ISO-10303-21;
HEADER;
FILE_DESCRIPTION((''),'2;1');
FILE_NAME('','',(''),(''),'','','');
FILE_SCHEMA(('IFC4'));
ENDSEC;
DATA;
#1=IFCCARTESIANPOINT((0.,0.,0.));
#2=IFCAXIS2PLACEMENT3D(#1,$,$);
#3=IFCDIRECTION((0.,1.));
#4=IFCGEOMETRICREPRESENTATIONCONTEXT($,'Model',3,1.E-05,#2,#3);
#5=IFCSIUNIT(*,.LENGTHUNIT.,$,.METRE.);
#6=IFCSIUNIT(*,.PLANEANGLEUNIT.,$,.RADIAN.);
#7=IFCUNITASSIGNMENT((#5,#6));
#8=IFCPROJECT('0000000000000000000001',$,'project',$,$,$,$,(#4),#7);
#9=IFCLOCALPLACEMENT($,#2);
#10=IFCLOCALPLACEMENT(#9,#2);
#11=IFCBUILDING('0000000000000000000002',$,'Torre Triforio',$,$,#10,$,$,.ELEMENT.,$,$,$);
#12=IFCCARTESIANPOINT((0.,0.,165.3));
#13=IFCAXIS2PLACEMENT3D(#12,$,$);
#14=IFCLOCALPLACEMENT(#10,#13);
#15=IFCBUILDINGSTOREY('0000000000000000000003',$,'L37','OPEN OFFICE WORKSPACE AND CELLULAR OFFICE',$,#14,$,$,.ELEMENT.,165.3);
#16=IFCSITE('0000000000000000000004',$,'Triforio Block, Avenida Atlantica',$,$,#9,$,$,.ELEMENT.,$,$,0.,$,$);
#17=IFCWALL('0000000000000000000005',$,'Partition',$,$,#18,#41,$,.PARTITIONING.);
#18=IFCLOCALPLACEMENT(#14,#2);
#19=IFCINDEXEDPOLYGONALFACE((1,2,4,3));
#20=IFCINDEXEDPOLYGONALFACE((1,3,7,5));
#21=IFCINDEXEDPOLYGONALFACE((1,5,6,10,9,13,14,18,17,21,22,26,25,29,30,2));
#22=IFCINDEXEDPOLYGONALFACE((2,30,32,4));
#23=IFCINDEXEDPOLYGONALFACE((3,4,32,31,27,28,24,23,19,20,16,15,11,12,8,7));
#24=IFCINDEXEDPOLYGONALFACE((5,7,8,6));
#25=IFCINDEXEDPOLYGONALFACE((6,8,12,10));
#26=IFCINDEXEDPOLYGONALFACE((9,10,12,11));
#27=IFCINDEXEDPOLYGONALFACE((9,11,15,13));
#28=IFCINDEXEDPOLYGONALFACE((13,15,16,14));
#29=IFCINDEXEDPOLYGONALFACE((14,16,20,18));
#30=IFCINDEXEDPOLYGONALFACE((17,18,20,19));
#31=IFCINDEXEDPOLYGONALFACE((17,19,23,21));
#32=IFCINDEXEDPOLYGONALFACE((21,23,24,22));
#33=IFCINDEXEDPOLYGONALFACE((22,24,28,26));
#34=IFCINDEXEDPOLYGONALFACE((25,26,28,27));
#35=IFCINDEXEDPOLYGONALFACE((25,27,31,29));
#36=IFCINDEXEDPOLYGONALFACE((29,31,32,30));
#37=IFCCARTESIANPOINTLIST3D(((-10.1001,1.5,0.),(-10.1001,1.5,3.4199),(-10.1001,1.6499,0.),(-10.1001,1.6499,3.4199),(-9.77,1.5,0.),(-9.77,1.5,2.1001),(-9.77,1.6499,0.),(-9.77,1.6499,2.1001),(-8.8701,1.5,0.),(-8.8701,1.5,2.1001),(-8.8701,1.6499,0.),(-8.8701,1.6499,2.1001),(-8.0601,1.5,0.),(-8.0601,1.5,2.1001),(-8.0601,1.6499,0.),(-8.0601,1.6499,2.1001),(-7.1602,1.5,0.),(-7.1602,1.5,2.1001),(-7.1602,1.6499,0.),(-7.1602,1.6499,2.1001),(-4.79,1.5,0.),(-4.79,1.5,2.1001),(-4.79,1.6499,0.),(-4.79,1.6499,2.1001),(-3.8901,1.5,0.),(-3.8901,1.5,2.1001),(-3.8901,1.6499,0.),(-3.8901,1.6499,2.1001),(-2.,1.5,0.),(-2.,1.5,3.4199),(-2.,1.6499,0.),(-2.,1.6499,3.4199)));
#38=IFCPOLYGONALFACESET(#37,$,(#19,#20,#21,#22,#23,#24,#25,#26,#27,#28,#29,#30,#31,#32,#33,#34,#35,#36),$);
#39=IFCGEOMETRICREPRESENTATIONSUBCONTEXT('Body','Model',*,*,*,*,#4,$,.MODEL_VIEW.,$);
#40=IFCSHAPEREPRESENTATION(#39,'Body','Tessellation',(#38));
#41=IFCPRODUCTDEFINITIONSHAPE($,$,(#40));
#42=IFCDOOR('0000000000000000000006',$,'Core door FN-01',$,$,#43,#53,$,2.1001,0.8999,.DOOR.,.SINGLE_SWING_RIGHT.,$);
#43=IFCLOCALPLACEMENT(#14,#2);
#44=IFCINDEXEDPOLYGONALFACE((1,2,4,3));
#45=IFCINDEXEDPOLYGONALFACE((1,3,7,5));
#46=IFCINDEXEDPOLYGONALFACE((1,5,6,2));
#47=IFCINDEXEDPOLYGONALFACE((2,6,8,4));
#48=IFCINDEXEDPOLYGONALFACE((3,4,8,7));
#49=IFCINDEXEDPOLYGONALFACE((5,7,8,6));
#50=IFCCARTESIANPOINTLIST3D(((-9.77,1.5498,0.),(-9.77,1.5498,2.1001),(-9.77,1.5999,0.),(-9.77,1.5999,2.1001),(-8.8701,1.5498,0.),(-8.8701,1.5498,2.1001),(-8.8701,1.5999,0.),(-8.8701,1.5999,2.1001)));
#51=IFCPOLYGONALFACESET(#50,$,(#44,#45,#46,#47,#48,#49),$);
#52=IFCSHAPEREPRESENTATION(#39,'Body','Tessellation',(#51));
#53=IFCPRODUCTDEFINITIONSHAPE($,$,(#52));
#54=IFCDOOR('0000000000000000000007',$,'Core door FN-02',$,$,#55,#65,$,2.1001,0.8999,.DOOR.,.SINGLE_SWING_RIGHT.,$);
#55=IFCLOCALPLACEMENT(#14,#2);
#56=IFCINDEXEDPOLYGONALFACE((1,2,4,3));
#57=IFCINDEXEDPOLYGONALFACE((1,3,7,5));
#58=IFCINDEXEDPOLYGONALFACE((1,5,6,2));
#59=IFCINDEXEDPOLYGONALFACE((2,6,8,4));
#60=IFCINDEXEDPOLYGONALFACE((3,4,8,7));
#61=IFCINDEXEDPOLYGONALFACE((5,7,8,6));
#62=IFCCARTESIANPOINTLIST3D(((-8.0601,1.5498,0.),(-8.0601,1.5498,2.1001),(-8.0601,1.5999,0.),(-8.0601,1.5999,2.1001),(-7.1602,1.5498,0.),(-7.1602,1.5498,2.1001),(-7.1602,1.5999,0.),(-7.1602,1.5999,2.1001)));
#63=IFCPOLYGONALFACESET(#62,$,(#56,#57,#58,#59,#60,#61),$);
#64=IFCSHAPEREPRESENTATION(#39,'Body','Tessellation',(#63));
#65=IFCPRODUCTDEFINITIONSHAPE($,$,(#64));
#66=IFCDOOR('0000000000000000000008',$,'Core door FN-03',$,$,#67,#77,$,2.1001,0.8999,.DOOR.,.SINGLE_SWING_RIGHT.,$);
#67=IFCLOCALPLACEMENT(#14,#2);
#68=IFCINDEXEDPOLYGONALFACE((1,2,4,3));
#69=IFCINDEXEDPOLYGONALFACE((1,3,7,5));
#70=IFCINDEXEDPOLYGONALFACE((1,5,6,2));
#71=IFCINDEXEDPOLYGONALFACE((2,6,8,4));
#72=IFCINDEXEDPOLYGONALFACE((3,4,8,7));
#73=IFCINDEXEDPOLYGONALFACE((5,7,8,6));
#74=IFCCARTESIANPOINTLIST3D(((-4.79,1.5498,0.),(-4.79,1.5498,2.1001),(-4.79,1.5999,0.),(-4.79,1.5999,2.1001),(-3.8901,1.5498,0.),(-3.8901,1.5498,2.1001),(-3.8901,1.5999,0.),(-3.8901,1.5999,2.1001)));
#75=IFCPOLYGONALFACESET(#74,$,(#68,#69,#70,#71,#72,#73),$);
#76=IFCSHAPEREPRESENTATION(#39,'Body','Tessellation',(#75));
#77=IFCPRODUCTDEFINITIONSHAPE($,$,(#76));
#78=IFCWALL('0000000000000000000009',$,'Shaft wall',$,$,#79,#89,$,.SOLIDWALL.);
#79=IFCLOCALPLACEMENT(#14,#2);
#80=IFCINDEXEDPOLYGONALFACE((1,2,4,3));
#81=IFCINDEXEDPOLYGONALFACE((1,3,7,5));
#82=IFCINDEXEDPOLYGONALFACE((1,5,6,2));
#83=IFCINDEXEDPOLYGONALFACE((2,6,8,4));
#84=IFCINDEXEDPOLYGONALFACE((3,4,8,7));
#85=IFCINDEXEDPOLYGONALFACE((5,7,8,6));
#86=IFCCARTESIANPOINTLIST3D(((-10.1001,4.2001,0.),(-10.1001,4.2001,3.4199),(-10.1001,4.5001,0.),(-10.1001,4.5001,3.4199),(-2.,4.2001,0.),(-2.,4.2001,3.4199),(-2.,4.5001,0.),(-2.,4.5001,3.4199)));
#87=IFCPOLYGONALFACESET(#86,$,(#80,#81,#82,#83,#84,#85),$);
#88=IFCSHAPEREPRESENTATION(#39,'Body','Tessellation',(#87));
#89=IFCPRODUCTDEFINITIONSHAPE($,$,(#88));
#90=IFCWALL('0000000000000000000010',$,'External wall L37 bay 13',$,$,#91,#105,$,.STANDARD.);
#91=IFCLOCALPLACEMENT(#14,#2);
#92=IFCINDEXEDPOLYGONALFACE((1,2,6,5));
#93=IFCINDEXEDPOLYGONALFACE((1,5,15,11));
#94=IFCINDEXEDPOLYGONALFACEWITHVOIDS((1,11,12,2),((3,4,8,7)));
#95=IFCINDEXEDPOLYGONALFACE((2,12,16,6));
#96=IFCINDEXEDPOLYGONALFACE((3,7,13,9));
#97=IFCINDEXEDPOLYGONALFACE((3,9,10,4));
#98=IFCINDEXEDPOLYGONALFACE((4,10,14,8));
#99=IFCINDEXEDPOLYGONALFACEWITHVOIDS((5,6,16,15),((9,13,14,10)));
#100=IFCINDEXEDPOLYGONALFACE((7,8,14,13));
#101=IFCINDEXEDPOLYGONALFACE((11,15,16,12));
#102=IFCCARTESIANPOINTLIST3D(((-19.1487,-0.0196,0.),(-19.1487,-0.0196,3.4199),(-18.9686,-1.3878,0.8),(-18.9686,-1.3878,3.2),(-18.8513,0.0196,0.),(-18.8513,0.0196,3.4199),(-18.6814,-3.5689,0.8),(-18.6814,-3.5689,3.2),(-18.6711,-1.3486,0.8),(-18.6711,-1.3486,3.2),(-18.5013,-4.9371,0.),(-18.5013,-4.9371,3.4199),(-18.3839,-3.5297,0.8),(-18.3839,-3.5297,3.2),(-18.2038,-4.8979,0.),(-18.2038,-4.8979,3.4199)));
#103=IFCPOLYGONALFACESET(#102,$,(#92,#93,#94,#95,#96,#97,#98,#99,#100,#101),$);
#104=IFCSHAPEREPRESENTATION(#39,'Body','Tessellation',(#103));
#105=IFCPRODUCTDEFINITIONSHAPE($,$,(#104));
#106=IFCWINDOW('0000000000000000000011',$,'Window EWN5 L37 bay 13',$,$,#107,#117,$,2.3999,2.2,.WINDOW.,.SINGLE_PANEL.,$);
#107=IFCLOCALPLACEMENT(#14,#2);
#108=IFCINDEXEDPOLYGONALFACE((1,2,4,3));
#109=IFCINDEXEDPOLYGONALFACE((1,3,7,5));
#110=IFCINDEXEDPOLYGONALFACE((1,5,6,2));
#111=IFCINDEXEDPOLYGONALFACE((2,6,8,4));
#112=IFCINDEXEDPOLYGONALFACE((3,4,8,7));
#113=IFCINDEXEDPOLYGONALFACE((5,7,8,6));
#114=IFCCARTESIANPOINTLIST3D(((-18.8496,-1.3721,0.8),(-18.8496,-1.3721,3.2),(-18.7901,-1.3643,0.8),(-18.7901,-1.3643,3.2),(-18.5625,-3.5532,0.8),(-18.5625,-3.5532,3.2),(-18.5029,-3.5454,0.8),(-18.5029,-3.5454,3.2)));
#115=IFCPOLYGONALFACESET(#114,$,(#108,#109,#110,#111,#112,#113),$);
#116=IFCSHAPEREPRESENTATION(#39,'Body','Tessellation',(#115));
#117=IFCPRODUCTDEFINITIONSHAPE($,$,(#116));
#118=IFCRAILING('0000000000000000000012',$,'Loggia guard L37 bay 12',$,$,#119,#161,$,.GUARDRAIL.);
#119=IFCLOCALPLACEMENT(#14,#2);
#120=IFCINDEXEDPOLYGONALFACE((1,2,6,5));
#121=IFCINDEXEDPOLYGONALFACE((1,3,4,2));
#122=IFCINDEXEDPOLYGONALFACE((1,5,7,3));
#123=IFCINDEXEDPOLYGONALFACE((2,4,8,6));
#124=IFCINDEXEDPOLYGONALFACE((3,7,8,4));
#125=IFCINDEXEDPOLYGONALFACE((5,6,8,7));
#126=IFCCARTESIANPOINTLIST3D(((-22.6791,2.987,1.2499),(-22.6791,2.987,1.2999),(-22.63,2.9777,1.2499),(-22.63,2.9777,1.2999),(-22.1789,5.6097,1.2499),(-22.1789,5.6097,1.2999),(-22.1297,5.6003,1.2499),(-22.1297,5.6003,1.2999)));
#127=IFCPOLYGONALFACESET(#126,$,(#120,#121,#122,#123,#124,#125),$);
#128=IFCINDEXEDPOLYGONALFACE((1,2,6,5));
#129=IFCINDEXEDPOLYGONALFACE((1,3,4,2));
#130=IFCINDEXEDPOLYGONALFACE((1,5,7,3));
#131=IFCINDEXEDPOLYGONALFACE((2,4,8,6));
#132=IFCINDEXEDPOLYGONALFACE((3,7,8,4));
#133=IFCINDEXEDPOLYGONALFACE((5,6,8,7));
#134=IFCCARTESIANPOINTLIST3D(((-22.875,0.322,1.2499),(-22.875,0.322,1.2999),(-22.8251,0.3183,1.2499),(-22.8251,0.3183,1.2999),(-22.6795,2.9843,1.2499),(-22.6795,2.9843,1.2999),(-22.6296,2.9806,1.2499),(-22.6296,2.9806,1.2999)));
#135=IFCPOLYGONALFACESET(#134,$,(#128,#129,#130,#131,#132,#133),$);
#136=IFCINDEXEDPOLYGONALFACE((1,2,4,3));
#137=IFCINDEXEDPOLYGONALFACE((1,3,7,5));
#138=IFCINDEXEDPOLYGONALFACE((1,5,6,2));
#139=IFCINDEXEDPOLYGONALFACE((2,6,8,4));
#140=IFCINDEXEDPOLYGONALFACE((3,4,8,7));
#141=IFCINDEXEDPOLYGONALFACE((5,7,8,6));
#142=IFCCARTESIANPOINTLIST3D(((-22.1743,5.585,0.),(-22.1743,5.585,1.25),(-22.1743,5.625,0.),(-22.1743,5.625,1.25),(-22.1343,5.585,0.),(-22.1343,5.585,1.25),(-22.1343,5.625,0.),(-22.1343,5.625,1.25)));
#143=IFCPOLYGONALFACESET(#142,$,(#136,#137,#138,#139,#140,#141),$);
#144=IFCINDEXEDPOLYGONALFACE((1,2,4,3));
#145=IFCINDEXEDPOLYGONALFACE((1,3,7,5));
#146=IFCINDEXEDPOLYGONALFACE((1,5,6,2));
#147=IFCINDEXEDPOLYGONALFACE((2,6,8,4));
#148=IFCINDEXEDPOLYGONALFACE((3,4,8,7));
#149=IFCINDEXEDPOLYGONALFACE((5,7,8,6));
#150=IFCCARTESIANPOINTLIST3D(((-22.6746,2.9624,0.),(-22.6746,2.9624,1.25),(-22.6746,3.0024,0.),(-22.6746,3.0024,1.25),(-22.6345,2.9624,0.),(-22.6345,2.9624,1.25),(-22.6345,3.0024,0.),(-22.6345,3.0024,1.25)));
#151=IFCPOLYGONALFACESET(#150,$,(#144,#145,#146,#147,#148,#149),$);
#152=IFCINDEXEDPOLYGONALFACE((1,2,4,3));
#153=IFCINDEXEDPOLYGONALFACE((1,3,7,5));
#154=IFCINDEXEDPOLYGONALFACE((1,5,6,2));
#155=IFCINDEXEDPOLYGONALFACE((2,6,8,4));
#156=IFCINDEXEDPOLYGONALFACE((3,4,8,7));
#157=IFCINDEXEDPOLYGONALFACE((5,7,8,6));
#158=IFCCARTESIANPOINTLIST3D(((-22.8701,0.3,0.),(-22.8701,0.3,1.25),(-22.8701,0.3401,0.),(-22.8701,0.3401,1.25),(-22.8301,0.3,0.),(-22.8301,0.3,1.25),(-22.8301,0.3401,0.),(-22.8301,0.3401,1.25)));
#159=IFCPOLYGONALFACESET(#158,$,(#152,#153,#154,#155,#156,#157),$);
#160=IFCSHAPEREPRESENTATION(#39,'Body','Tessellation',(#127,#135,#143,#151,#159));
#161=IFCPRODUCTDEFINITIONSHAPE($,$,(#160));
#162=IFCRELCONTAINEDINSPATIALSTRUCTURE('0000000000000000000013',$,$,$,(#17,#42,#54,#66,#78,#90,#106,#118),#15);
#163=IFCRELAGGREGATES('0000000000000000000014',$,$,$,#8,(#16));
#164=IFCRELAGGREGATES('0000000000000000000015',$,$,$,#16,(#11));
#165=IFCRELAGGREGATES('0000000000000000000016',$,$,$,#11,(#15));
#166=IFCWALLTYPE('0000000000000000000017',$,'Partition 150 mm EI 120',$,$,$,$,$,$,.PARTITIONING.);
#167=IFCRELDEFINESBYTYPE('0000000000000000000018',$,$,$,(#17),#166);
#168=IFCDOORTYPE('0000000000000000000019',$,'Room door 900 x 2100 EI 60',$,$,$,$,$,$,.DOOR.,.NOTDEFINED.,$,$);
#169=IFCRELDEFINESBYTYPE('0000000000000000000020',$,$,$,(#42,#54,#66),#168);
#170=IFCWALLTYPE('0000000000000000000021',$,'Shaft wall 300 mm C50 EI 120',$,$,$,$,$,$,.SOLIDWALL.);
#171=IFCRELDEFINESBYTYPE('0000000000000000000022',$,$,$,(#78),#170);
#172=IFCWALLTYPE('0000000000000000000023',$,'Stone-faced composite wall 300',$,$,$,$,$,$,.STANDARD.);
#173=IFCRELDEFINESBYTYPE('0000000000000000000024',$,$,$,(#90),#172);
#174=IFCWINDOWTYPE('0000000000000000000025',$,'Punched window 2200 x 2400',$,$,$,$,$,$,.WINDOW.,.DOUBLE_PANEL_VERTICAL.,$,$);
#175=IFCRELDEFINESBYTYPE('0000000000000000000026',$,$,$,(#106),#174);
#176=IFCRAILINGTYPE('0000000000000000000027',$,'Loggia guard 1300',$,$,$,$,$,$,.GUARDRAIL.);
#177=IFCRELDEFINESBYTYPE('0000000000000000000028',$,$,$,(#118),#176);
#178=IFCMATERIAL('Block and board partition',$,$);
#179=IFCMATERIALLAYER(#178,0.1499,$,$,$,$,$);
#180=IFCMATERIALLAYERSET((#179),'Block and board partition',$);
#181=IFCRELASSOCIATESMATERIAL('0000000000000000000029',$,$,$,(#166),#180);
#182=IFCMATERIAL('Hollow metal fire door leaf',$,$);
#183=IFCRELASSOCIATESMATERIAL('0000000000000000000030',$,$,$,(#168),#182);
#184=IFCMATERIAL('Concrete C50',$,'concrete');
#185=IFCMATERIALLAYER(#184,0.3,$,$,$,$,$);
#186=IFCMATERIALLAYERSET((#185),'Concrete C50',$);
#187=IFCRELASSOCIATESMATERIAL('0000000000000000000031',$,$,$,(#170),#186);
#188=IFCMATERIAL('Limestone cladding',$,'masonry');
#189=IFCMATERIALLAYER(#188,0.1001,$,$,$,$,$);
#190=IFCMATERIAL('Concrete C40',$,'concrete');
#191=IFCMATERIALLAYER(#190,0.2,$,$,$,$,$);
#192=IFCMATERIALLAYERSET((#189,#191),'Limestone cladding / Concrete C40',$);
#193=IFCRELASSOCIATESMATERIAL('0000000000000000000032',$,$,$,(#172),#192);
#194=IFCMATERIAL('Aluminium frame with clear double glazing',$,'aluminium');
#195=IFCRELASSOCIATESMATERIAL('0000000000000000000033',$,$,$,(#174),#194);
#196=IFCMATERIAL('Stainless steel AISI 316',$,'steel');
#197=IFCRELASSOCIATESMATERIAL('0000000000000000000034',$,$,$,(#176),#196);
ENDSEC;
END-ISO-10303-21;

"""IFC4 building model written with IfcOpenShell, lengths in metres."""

from ifc_helpers import new_model, si_unit, direction, frame, frame_2d, origin, origin_2d, place, context, subcontext, project, spatial, rectangle, extrude, material, layer, layer_set, type_object, element, fill, save


model = new_model("IFC4")

# Units and contexts
model_context = context("Model", 3, precision=1e-05, world=origin(), true_north=direction((0.0, 1.0)))
body_context = subcontext(model_context, "Body", "Model", "MODEL_VIEW")
ifc_project = project(units=[si_unit("LENGTHUNIT", "METRE"), si_unit("PLANEANGLEUNIT", "RADIAN")], contexts=[model_context])

# Site, building, storey
site_placement = place(None, origin())
site = spatial("IfcSite", under=ifc_project, at=site_placement, Name="Triforio Block, Avenida Atlantica", CompositionType="ELEMENT", RefElevation=0.0)
building_placement = place(site_placement, origin())
building = spatial("IfcBuilding", under=site, at=building_placement, Name="Torre Triforio", CompositionType="ELEMENT")
storey_placement = place(building_placement, frame((0.0, 0.0, 165.3)))
storey = spatial("IfcBuildingStorey", under=building, at=storey_placement, Name="L37", Description="OPEN OFFICE WORKSPACE AND CELLULAR OFFICE", CompositionType="ELEMENT", Elevation=165.3)

# Shared definitions
ifc_material_1 = material(Name="Concrete C50", Category="concrete")

# Shared definitions
ifc_material_2 = material(Name="Concrete C40", Category="concrete")

# Shared definitions
ifc_material_3 = material(Name="Hollow metal fire door leaf")

# Wall, openings, doors
ifc_material_4 = material(Name="Block and board partition")
ifc_layer_1 = layer(ifc_material_4, 0.1499)
ifc_layer_set_1 = layer_set([ifc_layer_1], Name="Block and board partition")
wall_type_1 = type_object("IfcWallType", Name="Partition 150 mm EI 120", PredefinedType="PARTITIONING", material=ifc_layer_set_1)
wall_1_placement = place(storey_placement, frame((-10.1001, 1.575, 0.0), z_axis=(0.0, 0.0, 1.0), x_axis=(1.0, 0.0, 0.0)))
wall_1 = element("IfcWall", 1, at=wall_1_placement, inside=storey, type_object=wall_type_1, Name="Partition", PredefinedType="PARTITIONING", context=body_context, shape_type="SweptSolid", body=[
    extrude(rectangle(XDim=8.1001, YDim=0.1499, at=frame_2d((4.05, 0.0))), origin(), (0.0, 0.0, 1.0), 3.4199),
])
opening_1_placement = place(wall_1_placement, frame((0.3301, 0.0, 0.0)))
opening_1 = element("IfcOpeningElement", 2, at=opening_1_placement, cuts=wall_1, PredefinedType="OPENING", context=body_context, shape_type="SweptSolid", body=[
    extrude(rectangle(XDim=0.8999, YDim=2.1001, at=frame_2d((0.45, 1.05))), frame((0.0, 0.085, 0.0), z_axis=(0.0, -1.0, 0.0), x_axis=(1.0, 0.0, 0.0)), (0.0, 0.0, 1.0), 0.1699),
])
opening_2_placement = place(wall_1_placement, frame((2.04, 0.0, 0.0)))
opening_2 = element("IfcOpeningElement", 3, at=opening_2_placement, cuts=wall_1, PredefinedType="OPENING", context=body_context, shape_type="SweptSolid", body=[
    extrude(rectangle(XDim=0.8999, YDim=2.1001, at=frame_2d((0.45, 1.05))), frame((0.0, 0.085, 0.0), z_axis=(0.0, -1.0, 0.0), x_axis=(1.0, 0.0, 0.0)), (0.0, 0.0, 1.0), 0.1699),
])
opening_3_placement = place(wall_1_placement, frame((5.3101, 0.0, 0.0)))
opening_3 = element("IfcOpeningElement", 4, at=opening_3_placement, cuts=wall_1, PredefinedType="OPENING", context=body_context, shape_type="SweptSolid", body=[
    extrude(rectangle(XDim=0.8999, YDim=2.1001, at=frame_2d((0.45, 1.05))), frame((0.0, 0.085, 0.0), z_axis=(0.0, -1.0, 0.0), x_axis=(1.0, 0.0, 0.0)), (0.0, 0.0, 1.0), 0.1699),
])
door_type_1 = type_object("IfcDoorType", Name="Room door 900 x 2100 EI 60", OperationType="NOTDEFINED", PredefinedType="DOOR", material=ifc_material_3)
door_1_placement = place(opening_1_placement, origin())
door_1 = element("IfcDoor", 5, at=door_1_placement, inside=storey, type_object=door_type_1, Name="Core door FN-01", OperationType="SINGLE_SWING_RIGHT", OverallHeight=2.1001, OverallWidth=0.8999, PredefinedType="DOOR", context=body_context, shape_type="SweptSolid", body=[
    extrude(rectangle(XDim=0.8999, YDim=2.1001, at=frame_2d((0.45, 1.05))), frame((0.0, 0.0249, 0.0), z_axis=(0.0, -1.0, 0.0), x_axis=(1.0, 0.0, 0.0)), (0.0, 0.0, 1.0), 0.05),
])
fill(opening_1, door_1)
door_2_placement = place(opening_2_placement, origin())
door_2 = element("IfcDoor", 6, at=door_2_placement, inside=storey, type_object=door_type_1, Name="Core door FN-02", OperationType="SINGLE_SWING_RIGHT", OverallHeight=2.1001, OverallWidth=0.8999, PredefinedType="DOOR", context=body_context, shape_type="SweptSolid", body=[
    extrude(rectangle(XDim=0.8999, YDim=2.1001, at=frame_2d((0.45, 1.05))), frame((0.0, 0.0249, 0.0), z_axis=(0.0, -1.0, 0.0), x_axis=(1.0, 0.0, 0.0)), (0.0, 0.0, 1.0), 0.05),
])
fill(opening_2, door_2)
door_3_placement = place(opening_3_placement, origin())
door_3 = element("IfcDoor", 7, at=door_3_placement, inside=storey, type_object=door_type_1, Name="Core door FN-03", OperationType="SINGLE_SWING_RIGHT", OverallHeight=2.1001, OverallWidth=0.8999, PredefinedType="DOOR", context=body_context, shape_type="SweptSolid", body=[
    extrude(rectangle(XDim=0.8999, YDim=2.1001, at=frame_2d((0.45, 1.05))), frame((0.0, 0.0249, 0.0), z_axis=(0.0, -1.0, 0.0), x_axis=(1.0, 0.0, 0.0)), (0.0, 0.0, 1.0), 0.05),
])
fill(opening_3, door_3)

# Wall
ifc_layer_2 = layer(ifc_material_1, 0.3)
ifc_layer_set_2 = layer_set([ifc_layer_2], Name="Concrete C50")
wall_type_2 = type_object("IfcWallType", Name="Shaft wall 300 mm C50 EI 120", PredefinedType="SOLIDWALL", material=ifc_layer_set_2)
wall_2_placement = place(storey_placement, frame((-10.1001, 4.3501, 0.0), z_axis=(0.0, 0.0, 1.0), x_axis=(1.0, 0.0, 0.0)))
element("IfcWall", 8, at=wall_2_placement, inside=storey, type_object=wall_type_2, Name="Shaft wall", PredefinedType="SOLIDWALL", context=body_context, shape_type="SweptSolid", body=[
    extrude(rectangle(XDim=8.1001, YDim=0.3, at=frame_2d((4.05, 0.0))), origin(), (0.0, 0.0, 1.0), 3.4199),
])

# Shared definitions
ifc_material_5 = material(Name="Limestone cladding", Category="masonry")
ifc_layer_3 = layer(ifc_material_5, 0.1001)
ifc_layer_4 = layer(ifc_material_2, 0.2)
ifc_layer_set_3 = layer_set([ifc_layer_3, ifc_layer_4], Name="Limestone cladding / Concrete C40")
wall_type_3 = type_object("IfcWallType", Name="Stone-faced composite wall 300", PredefinedType="STANDARD", material=ifc_layer_set_3)
ifc_material_6 = material(Name="Aluminium frame with clear double glazing", Category="aluminium")

# Wall, opening, window
wall_3_placement = place(storey_placement, frame((-19.0, 0.0, 0.0), z_axis=(0.0, 0.0, 1.0), x_axis=(0.130539, -0.991443, 0.0)))
wall_3 = element("IfcWall", 9, at=wall_3_placement, inside=storey, type_object=wall_type_3, Name="External wall L37 bay 13", PredefinedType="STANDARD", context=body_context, shape_type="SweptSolid", body=[
    extrude(rectangle(XDim=4.96, YDim=0.3, at=frame_2d((2.48, 0.0))), origin(), (0.0, 0.0, 1.0), 3.4199),
])
opening_4_placement = place(wall_3_placement, frame((1.3799, 0.0, 0.8)))
opening_4 = element("IfcOpeningElement", 10, at=opening_4_placement, cuts=wall_3, PredefinedType="OPENING", context=body_context, shape_type="SweptSolid", body=[
    extrude(rectangle(XDim=2.2, YDim=2.3999, at=frame_2d((1.1001, 1.2))), frame((0.0, 0.1599, 0.0), z_axis=(0.0, -1.0, 0.0), x_axis=(1.0, 0.0, 0.0)), (0.0, 0.0, 1.0), 0.3201),
])
window_type_1 = type_object("IfcWindowType", Name="Punched window 2200 x 2400", PartitioningType="DOUBLE_PANEL_VERTICAL", PredefinedType="WINDOW", material=ifc_material_6)
window_1_placement = place(opening_4_placement, origin())
window_1 = element("IfcWindow", 11, at=window_1_placement, inside=storey, type_object=window_type_1, Name="Window EWN5 L37 bay 13", OverallHeight=2.3999, OverallWidth=2.2, PartitioningType="SINGLE_PANEL", PredefinedType="WINDOW", context=body_context, shape_type="SweptSolid", body=[
    extrude(rectangle(XDim=2.2, YDim=2.3999, at=frame_2d((1.1001, 1.2))), frame((0.0, 0.03, 0.0), z_axis=(0.0, -1.0, 0.0), x_axis=(1.0, 0.0, 0.0)), (0.0, 0.0, 1.0), 0.0601),
])
fill(opening_4, window_1)

# Railing
ifc_material_7 = material(Name="Stainless steel AISI 316", Category="steel")
railing_type = type_object("IfcRailingType", Name="Loggia guard 1300", PredefinedType="GUARDRAIL", material=ifc_material_7)
railing_placement = place(storey_placement, frame((-22.1543, 5.605, 0.0)))
element("IfcRailing", 12, at=railing_placement, inside=storey, type_object=railing_type, Name="Loggia guard L37 bay 12", PredefinedType="GUARDRAIL", context=body_context, shape_type="SweptSolid", body=[
    extrude(rectangle(XDim=0.05, YDim=0.05, at=origin_2d()), frame((0.0, 0.0, 1.2749), z_axis=(-0.187368, -0.98229, 0.0), x_axis=(0.98229, -0.187368, 0.0)), (0.0, 0.0, 1.0), 2.6699),
    extrude(rectangle(XDim=0.05, YDim=0.05, at=origin_2d()), frame((-0.5002, -2.6226, 1.2749), z_axis=(-0.073255, -0.997313, 0.0), x_axis=(0.997313, -0.073255, 0.0)), (0.0, 0.0, 1.0), 2.6694),
    extrude(rectangle(XDim=0.04, YDim=0.04, at=origin_2d()), origin(), (0.0, 0.0, 1.0), 1.25),
    extrude(rectangle(XDim=0.04, YDim=0.04, at=origin_2d()), frame((-0.5002, -2.6226, 0.0)), (0.0, 0.0, 1.0), 1.25),
    extrude(rectangle(XDim=0.04, YDim=0.04, at=origin_2d()), frame((-0.6958, -5.2849, 0.0)), (0.0, 0.0, 1.0), 1.25),
])

save(model, "model.ifc")
